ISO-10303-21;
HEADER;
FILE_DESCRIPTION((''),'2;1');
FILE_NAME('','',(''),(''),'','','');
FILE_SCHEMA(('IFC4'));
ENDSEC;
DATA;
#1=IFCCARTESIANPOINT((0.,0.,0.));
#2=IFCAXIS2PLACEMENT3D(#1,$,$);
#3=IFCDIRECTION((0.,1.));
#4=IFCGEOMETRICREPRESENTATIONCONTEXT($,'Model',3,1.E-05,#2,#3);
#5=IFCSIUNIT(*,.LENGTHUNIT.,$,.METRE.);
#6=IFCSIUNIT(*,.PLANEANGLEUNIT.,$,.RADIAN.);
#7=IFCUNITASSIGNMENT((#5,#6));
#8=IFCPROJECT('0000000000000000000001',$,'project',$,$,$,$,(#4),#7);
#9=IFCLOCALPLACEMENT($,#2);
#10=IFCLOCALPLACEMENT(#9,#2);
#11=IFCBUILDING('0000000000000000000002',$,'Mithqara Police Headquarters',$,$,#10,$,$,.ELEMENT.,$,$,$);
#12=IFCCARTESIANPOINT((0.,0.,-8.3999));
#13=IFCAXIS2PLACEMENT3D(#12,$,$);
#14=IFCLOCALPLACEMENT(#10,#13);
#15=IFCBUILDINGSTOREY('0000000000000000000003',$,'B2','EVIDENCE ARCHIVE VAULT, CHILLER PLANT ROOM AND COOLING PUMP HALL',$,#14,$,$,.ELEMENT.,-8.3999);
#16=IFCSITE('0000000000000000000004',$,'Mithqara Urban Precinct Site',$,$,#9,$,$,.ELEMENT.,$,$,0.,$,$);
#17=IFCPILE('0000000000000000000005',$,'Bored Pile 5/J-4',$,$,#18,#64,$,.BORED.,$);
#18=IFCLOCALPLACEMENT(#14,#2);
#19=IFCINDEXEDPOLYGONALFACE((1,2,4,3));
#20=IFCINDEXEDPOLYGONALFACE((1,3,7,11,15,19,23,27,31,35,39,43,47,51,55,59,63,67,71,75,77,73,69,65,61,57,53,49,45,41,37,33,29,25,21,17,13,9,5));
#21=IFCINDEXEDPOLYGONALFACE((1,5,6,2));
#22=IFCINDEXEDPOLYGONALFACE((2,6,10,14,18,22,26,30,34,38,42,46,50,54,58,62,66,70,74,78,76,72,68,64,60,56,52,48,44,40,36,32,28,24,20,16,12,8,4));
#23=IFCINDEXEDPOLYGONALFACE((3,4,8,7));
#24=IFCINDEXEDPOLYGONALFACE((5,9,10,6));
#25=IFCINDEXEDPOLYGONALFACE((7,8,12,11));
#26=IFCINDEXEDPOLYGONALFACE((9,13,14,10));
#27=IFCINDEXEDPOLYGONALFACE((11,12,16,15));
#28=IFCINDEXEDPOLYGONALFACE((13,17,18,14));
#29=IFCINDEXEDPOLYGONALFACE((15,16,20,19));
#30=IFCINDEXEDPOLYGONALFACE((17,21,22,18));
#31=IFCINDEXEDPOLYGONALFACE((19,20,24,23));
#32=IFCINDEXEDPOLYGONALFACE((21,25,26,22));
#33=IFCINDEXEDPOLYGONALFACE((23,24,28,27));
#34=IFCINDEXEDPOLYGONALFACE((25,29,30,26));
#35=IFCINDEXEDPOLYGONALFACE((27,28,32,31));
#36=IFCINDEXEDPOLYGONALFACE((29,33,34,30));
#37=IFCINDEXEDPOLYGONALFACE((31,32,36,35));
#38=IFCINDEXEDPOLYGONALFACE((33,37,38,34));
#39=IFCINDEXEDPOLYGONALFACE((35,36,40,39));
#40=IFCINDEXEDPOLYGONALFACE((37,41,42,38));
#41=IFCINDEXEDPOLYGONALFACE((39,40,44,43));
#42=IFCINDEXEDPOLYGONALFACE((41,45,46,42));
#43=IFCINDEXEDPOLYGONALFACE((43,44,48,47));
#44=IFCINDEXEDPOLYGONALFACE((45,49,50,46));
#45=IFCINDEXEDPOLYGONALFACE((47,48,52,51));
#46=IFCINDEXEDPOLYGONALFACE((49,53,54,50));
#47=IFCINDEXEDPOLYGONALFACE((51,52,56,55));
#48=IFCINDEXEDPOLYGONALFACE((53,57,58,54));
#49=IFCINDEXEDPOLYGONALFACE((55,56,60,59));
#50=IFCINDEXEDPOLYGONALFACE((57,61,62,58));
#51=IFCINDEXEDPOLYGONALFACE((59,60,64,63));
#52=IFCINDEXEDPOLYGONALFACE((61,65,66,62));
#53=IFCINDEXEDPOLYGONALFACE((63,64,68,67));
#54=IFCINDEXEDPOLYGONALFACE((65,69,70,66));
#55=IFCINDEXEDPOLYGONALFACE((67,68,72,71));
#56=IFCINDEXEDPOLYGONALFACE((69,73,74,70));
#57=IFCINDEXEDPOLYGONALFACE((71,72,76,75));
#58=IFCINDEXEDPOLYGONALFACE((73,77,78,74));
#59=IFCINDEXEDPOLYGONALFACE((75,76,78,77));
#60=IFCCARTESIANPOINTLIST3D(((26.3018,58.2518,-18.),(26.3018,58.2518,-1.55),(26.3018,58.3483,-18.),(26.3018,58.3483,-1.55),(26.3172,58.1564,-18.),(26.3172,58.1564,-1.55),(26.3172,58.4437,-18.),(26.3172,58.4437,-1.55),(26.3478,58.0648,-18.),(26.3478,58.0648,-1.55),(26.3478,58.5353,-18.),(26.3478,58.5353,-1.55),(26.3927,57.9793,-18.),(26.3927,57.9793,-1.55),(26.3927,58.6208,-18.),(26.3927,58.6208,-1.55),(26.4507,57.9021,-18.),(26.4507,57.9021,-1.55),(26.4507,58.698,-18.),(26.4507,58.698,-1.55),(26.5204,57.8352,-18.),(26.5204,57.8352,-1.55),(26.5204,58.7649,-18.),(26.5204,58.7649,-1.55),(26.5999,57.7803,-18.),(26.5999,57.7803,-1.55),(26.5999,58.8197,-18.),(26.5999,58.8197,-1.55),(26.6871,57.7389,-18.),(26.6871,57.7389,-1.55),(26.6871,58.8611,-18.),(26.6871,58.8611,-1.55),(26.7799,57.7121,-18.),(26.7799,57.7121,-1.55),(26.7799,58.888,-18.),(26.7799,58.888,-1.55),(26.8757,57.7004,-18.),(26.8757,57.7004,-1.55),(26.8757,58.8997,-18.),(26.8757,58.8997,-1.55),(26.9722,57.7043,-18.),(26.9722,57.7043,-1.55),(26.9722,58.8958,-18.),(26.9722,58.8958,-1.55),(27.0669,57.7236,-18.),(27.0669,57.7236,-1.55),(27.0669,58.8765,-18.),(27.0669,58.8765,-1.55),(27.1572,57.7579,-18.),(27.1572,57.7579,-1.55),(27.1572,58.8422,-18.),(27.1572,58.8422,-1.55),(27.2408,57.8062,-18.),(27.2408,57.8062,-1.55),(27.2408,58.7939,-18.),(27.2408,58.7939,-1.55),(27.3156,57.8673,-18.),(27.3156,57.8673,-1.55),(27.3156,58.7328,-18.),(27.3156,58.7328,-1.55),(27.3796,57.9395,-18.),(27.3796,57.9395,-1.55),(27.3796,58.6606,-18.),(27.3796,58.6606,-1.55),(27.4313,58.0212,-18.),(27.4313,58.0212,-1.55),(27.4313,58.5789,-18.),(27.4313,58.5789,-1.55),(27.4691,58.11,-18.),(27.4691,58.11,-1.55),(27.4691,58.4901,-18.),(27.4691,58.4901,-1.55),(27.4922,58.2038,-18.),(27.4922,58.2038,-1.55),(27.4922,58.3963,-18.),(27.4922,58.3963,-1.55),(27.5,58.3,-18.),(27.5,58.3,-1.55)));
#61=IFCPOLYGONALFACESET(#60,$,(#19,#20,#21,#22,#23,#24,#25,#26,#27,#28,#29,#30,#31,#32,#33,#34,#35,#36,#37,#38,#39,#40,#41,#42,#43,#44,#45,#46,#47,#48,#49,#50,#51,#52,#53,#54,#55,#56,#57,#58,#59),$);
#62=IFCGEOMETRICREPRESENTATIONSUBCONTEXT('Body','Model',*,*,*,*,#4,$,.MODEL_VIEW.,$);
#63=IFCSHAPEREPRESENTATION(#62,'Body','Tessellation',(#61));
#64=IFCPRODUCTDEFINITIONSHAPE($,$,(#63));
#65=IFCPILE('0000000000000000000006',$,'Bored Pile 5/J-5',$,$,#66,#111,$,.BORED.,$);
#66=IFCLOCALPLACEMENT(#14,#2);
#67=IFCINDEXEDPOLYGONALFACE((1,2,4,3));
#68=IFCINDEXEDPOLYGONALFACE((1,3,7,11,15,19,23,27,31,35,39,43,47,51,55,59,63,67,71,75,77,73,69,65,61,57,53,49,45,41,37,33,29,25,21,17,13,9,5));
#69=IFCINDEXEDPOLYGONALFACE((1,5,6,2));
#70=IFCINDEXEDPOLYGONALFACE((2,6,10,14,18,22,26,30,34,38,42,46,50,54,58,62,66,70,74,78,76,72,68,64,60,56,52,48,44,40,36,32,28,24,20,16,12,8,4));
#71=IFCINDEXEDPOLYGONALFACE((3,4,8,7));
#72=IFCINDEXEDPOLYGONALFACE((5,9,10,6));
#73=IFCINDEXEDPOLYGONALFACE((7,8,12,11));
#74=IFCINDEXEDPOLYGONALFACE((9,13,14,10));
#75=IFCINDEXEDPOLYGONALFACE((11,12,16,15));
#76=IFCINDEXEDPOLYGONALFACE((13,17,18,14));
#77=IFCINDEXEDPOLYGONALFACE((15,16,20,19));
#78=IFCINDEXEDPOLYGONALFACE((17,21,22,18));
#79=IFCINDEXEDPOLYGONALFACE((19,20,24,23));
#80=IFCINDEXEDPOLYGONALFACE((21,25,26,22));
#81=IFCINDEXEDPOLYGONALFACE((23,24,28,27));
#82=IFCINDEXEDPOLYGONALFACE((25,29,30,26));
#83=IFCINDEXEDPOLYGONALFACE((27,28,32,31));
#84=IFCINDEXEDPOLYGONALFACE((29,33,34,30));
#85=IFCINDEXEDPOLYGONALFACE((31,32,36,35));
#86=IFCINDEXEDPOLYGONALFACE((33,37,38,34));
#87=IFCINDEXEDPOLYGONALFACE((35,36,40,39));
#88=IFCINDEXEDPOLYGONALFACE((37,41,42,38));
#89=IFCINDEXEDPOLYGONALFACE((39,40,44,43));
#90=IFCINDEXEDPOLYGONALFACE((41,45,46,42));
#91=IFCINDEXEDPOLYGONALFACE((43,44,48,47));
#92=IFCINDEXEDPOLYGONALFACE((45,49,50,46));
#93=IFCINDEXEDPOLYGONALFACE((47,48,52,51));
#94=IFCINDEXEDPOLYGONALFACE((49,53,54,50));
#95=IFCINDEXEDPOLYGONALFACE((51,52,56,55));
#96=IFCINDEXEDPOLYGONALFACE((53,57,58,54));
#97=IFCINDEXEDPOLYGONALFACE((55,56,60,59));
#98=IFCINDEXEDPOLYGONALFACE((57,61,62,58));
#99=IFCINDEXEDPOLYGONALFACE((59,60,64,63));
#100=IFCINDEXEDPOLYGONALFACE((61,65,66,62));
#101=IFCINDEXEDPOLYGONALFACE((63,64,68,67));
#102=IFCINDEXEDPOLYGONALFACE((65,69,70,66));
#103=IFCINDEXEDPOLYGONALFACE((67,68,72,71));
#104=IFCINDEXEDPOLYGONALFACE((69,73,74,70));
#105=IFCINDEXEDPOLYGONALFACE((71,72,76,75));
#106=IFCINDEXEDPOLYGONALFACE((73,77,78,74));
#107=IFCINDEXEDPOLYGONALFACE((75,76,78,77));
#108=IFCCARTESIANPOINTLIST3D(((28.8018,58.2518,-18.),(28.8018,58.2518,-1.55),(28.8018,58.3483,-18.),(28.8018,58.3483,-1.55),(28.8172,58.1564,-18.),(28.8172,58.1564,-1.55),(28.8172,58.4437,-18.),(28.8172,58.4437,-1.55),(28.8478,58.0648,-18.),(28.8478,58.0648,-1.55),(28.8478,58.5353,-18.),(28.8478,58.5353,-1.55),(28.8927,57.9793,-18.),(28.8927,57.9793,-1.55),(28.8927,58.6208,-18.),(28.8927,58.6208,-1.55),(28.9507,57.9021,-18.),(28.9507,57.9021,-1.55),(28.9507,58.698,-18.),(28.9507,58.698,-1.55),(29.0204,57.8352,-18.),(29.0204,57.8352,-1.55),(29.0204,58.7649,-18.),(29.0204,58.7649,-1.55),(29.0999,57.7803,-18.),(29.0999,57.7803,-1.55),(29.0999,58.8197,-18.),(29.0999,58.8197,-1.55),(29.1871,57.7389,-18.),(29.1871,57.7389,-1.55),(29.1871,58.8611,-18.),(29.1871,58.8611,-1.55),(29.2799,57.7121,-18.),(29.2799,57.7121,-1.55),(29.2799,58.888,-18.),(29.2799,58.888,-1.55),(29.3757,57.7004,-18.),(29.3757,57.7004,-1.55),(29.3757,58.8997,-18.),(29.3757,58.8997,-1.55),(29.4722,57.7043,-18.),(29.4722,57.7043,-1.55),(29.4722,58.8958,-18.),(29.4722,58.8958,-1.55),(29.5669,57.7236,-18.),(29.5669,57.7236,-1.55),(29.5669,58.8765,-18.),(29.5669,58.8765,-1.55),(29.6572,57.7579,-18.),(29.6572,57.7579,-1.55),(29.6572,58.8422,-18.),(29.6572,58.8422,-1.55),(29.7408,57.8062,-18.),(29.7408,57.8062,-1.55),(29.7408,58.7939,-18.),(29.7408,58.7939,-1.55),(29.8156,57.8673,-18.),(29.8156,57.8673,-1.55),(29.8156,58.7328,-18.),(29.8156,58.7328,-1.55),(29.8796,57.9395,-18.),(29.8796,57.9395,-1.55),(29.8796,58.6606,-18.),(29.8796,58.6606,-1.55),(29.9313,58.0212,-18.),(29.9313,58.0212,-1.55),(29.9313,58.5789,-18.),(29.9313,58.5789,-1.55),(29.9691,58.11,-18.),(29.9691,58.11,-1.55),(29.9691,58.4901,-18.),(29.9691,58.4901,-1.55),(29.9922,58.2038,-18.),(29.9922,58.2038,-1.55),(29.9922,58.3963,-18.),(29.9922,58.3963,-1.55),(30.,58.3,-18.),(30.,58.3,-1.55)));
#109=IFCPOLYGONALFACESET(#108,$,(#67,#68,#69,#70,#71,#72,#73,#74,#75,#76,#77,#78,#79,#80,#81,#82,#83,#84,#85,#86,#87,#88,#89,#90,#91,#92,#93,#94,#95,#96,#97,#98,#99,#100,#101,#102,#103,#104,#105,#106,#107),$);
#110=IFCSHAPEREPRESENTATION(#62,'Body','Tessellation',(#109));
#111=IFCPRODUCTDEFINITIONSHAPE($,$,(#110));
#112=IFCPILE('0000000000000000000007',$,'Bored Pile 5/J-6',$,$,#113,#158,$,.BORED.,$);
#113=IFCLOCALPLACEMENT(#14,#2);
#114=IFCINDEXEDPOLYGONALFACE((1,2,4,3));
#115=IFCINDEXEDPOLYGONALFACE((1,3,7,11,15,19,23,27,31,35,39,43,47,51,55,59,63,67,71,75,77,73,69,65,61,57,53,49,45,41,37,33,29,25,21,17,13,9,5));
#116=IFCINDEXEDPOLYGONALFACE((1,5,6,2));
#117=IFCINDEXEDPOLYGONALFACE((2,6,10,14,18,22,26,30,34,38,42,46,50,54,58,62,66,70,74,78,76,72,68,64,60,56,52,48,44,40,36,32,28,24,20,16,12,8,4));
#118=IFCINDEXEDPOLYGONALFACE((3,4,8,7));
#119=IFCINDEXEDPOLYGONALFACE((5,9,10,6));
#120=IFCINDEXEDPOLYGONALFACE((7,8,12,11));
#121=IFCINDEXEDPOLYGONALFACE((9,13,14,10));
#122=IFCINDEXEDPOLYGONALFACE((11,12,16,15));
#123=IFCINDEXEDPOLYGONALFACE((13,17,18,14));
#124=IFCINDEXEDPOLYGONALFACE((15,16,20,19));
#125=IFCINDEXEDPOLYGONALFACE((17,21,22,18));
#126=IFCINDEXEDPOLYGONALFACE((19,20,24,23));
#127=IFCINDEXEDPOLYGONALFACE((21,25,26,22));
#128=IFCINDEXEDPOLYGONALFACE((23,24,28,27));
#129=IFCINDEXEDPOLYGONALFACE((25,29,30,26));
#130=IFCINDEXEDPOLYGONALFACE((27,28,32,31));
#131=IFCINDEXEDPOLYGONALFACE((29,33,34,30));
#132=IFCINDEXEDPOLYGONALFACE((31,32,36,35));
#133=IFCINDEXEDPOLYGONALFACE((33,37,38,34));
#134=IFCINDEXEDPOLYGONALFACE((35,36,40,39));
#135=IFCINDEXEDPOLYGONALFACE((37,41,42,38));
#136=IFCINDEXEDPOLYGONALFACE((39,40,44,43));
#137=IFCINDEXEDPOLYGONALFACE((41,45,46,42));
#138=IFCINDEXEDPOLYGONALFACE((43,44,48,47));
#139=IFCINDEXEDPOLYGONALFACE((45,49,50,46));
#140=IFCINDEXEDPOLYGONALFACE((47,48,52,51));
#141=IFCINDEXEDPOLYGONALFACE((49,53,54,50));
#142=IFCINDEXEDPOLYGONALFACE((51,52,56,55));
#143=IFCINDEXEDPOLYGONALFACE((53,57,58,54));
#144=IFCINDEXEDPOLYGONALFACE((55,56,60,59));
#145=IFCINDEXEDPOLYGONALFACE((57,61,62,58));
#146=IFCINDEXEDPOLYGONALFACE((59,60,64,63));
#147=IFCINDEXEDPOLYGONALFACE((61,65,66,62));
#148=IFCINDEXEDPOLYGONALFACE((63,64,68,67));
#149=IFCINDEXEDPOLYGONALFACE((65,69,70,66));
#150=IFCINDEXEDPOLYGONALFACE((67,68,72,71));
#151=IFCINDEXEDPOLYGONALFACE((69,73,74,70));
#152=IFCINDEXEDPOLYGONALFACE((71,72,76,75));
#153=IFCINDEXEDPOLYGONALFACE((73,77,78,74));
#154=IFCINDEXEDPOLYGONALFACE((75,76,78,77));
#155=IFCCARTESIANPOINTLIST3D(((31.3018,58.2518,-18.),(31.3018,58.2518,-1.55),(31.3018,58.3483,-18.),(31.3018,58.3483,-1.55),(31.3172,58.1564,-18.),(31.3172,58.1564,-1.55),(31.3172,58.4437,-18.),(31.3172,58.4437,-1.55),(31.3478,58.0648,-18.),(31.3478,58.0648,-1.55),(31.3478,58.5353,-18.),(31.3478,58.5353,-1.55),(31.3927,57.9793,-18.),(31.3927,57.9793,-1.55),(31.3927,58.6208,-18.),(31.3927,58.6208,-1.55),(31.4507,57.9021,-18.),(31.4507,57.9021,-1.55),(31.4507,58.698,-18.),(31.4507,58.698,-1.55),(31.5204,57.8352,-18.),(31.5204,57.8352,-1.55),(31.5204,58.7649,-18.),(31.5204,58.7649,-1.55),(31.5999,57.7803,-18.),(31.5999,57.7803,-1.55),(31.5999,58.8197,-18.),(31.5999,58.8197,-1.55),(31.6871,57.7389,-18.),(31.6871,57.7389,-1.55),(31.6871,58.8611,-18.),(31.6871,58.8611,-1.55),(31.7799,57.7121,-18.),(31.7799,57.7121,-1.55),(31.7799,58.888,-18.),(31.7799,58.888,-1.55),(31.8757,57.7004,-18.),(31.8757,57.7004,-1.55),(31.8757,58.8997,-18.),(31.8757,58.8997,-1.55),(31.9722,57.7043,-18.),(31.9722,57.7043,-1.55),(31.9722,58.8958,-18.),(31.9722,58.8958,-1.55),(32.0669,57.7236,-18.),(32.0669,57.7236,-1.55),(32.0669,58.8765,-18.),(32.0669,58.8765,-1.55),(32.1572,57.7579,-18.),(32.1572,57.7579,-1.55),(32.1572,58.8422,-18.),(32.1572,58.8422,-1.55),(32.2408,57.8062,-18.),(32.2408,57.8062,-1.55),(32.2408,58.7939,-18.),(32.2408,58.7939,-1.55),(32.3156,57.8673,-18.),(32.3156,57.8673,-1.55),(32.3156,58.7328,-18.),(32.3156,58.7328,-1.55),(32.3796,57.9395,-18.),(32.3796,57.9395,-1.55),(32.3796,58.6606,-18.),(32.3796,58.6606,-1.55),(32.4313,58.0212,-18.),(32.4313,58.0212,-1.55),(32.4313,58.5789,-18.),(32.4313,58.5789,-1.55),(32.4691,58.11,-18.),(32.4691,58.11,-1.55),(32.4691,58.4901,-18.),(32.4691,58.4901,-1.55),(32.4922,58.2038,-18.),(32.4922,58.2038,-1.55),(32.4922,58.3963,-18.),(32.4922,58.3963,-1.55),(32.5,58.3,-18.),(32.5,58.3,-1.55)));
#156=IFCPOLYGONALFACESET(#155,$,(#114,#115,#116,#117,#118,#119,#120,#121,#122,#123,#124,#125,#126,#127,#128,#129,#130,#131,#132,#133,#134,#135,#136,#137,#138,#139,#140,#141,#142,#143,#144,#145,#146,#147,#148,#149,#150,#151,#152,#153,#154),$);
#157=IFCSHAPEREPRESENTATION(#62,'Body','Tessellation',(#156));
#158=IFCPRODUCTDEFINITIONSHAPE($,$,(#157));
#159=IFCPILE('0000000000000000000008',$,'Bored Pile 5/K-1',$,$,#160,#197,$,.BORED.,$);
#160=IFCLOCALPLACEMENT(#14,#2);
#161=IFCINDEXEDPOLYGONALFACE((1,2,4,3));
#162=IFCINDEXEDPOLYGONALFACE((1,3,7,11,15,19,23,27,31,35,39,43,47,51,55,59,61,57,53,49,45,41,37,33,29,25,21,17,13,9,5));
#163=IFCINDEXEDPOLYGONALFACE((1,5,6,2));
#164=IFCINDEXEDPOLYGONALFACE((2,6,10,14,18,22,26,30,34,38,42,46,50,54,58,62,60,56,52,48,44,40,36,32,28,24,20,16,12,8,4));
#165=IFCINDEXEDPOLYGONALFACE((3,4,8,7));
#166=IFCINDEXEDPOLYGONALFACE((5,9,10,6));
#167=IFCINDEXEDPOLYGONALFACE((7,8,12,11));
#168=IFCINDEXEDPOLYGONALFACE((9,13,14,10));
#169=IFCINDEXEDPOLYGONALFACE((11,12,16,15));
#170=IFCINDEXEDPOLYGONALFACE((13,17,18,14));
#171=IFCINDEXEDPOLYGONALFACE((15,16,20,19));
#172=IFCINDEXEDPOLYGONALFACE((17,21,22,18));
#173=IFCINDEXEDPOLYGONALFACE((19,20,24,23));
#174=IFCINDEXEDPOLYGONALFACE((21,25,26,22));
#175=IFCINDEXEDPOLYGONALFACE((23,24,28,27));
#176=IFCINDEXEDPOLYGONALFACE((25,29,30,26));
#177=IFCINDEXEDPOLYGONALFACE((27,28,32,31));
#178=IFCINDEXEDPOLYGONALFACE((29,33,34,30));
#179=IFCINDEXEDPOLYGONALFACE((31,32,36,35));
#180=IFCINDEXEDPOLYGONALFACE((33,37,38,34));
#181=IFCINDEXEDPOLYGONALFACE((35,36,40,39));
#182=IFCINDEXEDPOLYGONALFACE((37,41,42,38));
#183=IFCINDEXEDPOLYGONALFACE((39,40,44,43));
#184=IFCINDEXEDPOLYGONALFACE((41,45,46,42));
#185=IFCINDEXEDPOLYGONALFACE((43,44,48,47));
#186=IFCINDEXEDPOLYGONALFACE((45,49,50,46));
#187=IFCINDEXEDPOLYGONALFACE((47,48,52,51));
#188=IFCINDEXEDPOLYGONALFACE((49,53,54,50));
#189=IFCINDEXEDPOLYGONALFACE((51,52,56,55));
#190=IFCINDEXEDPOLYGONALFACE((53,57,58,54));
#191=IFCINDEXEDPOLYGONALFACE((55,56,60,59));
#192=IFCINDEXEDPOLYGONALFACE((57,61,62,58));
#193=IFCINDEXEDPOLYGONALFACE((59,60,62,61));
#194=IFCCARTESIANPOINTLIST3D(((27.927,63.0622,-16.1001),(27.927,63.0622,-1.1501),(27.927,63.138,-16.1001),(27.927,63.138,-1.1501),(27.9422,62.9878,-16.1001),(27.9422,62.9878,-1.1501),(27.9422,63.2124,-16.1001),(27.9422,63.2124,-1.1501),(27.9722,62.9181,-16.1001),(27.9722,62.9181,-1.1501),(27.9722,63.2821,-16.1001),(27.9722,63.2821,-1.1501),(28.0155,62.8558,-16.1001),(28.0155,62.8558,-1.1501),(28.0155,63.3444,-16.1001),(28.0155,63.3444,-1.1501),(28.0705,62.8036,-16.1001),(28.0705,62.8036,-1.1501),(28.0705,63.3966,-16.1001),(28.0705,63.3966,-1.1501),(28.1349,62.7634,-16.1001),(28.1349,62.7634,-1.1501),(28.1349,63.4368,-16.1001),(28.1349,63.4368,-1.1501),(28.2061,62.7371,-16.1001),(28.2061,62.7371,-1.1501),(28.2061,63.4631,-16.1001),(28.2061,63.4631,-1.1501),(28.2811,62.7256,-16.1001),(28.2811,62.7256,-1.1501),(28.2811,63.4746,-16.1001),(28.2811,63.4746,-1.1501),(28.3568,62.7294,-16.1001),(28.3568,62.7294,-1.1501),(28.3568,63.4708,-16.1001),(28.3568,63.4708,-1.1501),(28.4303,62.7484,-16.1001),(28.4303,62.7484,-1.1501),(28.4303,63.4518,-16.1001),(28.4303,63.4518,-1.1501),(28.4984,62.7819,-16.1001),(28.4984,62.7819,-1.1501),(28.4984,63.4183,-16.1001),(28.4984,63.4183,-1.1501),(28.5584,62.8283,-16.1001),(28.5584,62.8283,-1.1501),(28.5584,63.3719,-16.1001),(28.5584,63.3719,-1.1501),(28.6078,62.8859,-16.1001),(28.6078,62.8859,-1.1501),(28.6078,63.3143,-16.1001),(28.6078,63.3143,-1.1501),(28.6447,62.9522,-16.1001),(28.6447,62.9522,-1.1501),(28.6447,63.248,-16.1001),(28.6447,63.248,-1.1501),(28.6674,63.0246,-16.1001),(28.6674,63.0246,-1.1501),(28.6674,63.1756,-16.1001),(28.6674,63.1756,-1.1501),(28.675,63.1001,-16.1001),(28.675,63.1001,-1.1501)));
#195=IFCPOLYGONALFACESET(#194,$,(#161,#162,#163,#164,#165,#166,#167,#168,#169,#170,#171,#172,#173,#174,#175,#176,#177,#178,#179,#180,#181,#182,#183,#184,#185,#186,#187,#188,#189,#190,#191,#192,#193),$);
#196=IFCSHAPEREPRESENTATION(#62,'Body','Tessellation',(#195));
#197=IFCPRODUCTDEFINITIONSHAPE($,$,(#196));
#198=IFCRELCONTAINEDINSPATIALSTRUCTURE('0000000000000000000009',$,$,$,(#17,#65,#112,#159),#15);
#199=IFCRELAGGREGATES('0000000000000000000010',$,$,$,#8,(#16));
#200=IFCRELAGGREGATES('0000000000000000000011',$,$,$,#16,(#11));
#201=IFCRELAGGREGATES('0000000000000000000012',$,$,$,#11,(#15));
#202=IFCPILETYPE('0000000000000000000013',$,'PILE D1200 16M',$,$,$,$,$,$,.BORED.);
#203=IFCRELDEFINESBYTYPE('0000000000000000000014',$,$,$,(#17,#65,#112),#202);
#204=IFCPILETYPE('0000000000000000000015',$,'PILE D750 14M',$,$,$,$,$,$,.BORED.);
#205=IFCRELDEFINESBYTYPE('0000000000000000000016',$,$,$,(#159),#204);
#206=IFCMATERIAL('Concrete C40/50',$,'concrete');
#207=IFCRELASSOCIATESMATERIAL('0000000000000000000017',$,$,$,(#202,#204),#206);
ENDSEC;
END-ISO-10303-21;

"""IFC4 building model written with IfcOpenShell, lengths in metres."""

from ifc_helpers import new_model, si_unit, direction, frame, origin, origin_2d, place, context, subcontext, project, spatial, circle, extrude, material, material_profile, profile_set, type_object, element, save


model = new_model("IFC4")

# Units and contexts
model_context = context("Model", 3, precision=1e-05, world=origin(), true_north=direction((0.0, 1.0)))
body_context = subcontext(model_context, "Body", "Model", "MODEL_VIEW")
ifc_project = project(units=[si_unit("LENGTHUNIT", "METRE"), si_unit("PLANEANGLEUNIT", "RADIAN")], contexts=[model_context])

# Site, building, storey
site_placement = place(None, origin())
site = spatial("IfcSite", under=ifc_project, at=site_placement, Name="Mithqara Urban Precinct Site", CompositionType="ELEMENT", RefElevation=0.0)
building_placement = place(site_placement, origin())
building = spatial("IfcBuilding", under=site, at=building_placement, Name="Mithqara Police Headquarters", CompositionType="ELEMENT")
storey_placement = place(building_placement, frame((0.0, 0.0, -8.3999)))
storey = spatial("IfcBuildingStorey", under=building, at=storey_placement, Name="B2", Description="EVIDENCE ARCHIVE VAULT, CHILLER PLANT ROOM AND COOLING PUMP HALL", CompositionType="ELEMENT", Elevation=-8.3999)

# Shared definitions
ifc_material_1 = material(Name="Concrete C40/50", Category="concrete")

# Piles
ifc_material_profile_1 = material_profile(ifc_material_1, circle(Radius=0.6001, at=origin_2d()), Name="PILE D1200")
ifc_profile_set_1 = profile_set([ifc_material_profile_1], Name="Concrete C40/50")
pile_type_1 = type_object("IfcPileType", Name="PILE D1200 16M", PredefinedType="BORED", material=ifc_profile_set_1)
for number, where, z_axis, x_axis, name in (
    (1, (26.8999, 58.3, -1.55), (0.0, 0.0, -1.0), (1.0, 0.0, 0.0), "Bored Pile 5/J-4"),
    (2, (29.3999, 58.3, -1.55), (0.0, 0.0, -1.0), (1.0, 0.0, 0.0), "Bored Pile 5/J-5"),
    (3, (31.8999, 58.3, -1.55), (0.0, 0.0, -1.0), (1.0, 0.0, 0.0), "Bored Pile 5/J-6"),
):
    element("IfcPile", number, at=place(storey_placement, frame(where, z_axis=z_axis, x_axis=x_axis)), inside=storey, type_object=pile_type_1, Name=name, PredefinedType="BORED", context=body_context, shape_type="SweptSolid", body=[
        extrude(circle(Radius=0.6001, at=origin_2d()), origin(), (0.0, 0.0, 1.0), 16.45),
    ])
ifc_material_profile_2 = material_profile(ifc_material_1, circle(Radius=0.375, at=origin_2d()), Name="PILE D750")
ifc_profile_set_2 = profile_set([ifc_material_profile_2], Name="Concrete C40/50")
pile_type_2 = type_object("IfcPileType", Name="PILE D750 14M", PredefinedType="BORED", material=ifc_profile_set_2)
for number, where, z_axis, x_axis, name in (
    (4, (28.3, 63.1001, -1.1501), (0.0, 0.0, -1.0), (1.0, 0.0, 0.0), "Bored Pile 5/K-1"),
):
    element("IfcPile", number, at=place(storey_placement, frame(where, z_axis=z_axis, x_axis=x_axis)), inside=storey, type_object=pile_type_2, Name=name, PredefinedType="BORED", context=body_context, shape_type="SweptSolid", body=[
        extrude(circle(Radius=0.375, at=origin_2d()), origin(), (0.0, 0.0, 1.0), 14.95),
    ])

save(model, "model.ifc")
